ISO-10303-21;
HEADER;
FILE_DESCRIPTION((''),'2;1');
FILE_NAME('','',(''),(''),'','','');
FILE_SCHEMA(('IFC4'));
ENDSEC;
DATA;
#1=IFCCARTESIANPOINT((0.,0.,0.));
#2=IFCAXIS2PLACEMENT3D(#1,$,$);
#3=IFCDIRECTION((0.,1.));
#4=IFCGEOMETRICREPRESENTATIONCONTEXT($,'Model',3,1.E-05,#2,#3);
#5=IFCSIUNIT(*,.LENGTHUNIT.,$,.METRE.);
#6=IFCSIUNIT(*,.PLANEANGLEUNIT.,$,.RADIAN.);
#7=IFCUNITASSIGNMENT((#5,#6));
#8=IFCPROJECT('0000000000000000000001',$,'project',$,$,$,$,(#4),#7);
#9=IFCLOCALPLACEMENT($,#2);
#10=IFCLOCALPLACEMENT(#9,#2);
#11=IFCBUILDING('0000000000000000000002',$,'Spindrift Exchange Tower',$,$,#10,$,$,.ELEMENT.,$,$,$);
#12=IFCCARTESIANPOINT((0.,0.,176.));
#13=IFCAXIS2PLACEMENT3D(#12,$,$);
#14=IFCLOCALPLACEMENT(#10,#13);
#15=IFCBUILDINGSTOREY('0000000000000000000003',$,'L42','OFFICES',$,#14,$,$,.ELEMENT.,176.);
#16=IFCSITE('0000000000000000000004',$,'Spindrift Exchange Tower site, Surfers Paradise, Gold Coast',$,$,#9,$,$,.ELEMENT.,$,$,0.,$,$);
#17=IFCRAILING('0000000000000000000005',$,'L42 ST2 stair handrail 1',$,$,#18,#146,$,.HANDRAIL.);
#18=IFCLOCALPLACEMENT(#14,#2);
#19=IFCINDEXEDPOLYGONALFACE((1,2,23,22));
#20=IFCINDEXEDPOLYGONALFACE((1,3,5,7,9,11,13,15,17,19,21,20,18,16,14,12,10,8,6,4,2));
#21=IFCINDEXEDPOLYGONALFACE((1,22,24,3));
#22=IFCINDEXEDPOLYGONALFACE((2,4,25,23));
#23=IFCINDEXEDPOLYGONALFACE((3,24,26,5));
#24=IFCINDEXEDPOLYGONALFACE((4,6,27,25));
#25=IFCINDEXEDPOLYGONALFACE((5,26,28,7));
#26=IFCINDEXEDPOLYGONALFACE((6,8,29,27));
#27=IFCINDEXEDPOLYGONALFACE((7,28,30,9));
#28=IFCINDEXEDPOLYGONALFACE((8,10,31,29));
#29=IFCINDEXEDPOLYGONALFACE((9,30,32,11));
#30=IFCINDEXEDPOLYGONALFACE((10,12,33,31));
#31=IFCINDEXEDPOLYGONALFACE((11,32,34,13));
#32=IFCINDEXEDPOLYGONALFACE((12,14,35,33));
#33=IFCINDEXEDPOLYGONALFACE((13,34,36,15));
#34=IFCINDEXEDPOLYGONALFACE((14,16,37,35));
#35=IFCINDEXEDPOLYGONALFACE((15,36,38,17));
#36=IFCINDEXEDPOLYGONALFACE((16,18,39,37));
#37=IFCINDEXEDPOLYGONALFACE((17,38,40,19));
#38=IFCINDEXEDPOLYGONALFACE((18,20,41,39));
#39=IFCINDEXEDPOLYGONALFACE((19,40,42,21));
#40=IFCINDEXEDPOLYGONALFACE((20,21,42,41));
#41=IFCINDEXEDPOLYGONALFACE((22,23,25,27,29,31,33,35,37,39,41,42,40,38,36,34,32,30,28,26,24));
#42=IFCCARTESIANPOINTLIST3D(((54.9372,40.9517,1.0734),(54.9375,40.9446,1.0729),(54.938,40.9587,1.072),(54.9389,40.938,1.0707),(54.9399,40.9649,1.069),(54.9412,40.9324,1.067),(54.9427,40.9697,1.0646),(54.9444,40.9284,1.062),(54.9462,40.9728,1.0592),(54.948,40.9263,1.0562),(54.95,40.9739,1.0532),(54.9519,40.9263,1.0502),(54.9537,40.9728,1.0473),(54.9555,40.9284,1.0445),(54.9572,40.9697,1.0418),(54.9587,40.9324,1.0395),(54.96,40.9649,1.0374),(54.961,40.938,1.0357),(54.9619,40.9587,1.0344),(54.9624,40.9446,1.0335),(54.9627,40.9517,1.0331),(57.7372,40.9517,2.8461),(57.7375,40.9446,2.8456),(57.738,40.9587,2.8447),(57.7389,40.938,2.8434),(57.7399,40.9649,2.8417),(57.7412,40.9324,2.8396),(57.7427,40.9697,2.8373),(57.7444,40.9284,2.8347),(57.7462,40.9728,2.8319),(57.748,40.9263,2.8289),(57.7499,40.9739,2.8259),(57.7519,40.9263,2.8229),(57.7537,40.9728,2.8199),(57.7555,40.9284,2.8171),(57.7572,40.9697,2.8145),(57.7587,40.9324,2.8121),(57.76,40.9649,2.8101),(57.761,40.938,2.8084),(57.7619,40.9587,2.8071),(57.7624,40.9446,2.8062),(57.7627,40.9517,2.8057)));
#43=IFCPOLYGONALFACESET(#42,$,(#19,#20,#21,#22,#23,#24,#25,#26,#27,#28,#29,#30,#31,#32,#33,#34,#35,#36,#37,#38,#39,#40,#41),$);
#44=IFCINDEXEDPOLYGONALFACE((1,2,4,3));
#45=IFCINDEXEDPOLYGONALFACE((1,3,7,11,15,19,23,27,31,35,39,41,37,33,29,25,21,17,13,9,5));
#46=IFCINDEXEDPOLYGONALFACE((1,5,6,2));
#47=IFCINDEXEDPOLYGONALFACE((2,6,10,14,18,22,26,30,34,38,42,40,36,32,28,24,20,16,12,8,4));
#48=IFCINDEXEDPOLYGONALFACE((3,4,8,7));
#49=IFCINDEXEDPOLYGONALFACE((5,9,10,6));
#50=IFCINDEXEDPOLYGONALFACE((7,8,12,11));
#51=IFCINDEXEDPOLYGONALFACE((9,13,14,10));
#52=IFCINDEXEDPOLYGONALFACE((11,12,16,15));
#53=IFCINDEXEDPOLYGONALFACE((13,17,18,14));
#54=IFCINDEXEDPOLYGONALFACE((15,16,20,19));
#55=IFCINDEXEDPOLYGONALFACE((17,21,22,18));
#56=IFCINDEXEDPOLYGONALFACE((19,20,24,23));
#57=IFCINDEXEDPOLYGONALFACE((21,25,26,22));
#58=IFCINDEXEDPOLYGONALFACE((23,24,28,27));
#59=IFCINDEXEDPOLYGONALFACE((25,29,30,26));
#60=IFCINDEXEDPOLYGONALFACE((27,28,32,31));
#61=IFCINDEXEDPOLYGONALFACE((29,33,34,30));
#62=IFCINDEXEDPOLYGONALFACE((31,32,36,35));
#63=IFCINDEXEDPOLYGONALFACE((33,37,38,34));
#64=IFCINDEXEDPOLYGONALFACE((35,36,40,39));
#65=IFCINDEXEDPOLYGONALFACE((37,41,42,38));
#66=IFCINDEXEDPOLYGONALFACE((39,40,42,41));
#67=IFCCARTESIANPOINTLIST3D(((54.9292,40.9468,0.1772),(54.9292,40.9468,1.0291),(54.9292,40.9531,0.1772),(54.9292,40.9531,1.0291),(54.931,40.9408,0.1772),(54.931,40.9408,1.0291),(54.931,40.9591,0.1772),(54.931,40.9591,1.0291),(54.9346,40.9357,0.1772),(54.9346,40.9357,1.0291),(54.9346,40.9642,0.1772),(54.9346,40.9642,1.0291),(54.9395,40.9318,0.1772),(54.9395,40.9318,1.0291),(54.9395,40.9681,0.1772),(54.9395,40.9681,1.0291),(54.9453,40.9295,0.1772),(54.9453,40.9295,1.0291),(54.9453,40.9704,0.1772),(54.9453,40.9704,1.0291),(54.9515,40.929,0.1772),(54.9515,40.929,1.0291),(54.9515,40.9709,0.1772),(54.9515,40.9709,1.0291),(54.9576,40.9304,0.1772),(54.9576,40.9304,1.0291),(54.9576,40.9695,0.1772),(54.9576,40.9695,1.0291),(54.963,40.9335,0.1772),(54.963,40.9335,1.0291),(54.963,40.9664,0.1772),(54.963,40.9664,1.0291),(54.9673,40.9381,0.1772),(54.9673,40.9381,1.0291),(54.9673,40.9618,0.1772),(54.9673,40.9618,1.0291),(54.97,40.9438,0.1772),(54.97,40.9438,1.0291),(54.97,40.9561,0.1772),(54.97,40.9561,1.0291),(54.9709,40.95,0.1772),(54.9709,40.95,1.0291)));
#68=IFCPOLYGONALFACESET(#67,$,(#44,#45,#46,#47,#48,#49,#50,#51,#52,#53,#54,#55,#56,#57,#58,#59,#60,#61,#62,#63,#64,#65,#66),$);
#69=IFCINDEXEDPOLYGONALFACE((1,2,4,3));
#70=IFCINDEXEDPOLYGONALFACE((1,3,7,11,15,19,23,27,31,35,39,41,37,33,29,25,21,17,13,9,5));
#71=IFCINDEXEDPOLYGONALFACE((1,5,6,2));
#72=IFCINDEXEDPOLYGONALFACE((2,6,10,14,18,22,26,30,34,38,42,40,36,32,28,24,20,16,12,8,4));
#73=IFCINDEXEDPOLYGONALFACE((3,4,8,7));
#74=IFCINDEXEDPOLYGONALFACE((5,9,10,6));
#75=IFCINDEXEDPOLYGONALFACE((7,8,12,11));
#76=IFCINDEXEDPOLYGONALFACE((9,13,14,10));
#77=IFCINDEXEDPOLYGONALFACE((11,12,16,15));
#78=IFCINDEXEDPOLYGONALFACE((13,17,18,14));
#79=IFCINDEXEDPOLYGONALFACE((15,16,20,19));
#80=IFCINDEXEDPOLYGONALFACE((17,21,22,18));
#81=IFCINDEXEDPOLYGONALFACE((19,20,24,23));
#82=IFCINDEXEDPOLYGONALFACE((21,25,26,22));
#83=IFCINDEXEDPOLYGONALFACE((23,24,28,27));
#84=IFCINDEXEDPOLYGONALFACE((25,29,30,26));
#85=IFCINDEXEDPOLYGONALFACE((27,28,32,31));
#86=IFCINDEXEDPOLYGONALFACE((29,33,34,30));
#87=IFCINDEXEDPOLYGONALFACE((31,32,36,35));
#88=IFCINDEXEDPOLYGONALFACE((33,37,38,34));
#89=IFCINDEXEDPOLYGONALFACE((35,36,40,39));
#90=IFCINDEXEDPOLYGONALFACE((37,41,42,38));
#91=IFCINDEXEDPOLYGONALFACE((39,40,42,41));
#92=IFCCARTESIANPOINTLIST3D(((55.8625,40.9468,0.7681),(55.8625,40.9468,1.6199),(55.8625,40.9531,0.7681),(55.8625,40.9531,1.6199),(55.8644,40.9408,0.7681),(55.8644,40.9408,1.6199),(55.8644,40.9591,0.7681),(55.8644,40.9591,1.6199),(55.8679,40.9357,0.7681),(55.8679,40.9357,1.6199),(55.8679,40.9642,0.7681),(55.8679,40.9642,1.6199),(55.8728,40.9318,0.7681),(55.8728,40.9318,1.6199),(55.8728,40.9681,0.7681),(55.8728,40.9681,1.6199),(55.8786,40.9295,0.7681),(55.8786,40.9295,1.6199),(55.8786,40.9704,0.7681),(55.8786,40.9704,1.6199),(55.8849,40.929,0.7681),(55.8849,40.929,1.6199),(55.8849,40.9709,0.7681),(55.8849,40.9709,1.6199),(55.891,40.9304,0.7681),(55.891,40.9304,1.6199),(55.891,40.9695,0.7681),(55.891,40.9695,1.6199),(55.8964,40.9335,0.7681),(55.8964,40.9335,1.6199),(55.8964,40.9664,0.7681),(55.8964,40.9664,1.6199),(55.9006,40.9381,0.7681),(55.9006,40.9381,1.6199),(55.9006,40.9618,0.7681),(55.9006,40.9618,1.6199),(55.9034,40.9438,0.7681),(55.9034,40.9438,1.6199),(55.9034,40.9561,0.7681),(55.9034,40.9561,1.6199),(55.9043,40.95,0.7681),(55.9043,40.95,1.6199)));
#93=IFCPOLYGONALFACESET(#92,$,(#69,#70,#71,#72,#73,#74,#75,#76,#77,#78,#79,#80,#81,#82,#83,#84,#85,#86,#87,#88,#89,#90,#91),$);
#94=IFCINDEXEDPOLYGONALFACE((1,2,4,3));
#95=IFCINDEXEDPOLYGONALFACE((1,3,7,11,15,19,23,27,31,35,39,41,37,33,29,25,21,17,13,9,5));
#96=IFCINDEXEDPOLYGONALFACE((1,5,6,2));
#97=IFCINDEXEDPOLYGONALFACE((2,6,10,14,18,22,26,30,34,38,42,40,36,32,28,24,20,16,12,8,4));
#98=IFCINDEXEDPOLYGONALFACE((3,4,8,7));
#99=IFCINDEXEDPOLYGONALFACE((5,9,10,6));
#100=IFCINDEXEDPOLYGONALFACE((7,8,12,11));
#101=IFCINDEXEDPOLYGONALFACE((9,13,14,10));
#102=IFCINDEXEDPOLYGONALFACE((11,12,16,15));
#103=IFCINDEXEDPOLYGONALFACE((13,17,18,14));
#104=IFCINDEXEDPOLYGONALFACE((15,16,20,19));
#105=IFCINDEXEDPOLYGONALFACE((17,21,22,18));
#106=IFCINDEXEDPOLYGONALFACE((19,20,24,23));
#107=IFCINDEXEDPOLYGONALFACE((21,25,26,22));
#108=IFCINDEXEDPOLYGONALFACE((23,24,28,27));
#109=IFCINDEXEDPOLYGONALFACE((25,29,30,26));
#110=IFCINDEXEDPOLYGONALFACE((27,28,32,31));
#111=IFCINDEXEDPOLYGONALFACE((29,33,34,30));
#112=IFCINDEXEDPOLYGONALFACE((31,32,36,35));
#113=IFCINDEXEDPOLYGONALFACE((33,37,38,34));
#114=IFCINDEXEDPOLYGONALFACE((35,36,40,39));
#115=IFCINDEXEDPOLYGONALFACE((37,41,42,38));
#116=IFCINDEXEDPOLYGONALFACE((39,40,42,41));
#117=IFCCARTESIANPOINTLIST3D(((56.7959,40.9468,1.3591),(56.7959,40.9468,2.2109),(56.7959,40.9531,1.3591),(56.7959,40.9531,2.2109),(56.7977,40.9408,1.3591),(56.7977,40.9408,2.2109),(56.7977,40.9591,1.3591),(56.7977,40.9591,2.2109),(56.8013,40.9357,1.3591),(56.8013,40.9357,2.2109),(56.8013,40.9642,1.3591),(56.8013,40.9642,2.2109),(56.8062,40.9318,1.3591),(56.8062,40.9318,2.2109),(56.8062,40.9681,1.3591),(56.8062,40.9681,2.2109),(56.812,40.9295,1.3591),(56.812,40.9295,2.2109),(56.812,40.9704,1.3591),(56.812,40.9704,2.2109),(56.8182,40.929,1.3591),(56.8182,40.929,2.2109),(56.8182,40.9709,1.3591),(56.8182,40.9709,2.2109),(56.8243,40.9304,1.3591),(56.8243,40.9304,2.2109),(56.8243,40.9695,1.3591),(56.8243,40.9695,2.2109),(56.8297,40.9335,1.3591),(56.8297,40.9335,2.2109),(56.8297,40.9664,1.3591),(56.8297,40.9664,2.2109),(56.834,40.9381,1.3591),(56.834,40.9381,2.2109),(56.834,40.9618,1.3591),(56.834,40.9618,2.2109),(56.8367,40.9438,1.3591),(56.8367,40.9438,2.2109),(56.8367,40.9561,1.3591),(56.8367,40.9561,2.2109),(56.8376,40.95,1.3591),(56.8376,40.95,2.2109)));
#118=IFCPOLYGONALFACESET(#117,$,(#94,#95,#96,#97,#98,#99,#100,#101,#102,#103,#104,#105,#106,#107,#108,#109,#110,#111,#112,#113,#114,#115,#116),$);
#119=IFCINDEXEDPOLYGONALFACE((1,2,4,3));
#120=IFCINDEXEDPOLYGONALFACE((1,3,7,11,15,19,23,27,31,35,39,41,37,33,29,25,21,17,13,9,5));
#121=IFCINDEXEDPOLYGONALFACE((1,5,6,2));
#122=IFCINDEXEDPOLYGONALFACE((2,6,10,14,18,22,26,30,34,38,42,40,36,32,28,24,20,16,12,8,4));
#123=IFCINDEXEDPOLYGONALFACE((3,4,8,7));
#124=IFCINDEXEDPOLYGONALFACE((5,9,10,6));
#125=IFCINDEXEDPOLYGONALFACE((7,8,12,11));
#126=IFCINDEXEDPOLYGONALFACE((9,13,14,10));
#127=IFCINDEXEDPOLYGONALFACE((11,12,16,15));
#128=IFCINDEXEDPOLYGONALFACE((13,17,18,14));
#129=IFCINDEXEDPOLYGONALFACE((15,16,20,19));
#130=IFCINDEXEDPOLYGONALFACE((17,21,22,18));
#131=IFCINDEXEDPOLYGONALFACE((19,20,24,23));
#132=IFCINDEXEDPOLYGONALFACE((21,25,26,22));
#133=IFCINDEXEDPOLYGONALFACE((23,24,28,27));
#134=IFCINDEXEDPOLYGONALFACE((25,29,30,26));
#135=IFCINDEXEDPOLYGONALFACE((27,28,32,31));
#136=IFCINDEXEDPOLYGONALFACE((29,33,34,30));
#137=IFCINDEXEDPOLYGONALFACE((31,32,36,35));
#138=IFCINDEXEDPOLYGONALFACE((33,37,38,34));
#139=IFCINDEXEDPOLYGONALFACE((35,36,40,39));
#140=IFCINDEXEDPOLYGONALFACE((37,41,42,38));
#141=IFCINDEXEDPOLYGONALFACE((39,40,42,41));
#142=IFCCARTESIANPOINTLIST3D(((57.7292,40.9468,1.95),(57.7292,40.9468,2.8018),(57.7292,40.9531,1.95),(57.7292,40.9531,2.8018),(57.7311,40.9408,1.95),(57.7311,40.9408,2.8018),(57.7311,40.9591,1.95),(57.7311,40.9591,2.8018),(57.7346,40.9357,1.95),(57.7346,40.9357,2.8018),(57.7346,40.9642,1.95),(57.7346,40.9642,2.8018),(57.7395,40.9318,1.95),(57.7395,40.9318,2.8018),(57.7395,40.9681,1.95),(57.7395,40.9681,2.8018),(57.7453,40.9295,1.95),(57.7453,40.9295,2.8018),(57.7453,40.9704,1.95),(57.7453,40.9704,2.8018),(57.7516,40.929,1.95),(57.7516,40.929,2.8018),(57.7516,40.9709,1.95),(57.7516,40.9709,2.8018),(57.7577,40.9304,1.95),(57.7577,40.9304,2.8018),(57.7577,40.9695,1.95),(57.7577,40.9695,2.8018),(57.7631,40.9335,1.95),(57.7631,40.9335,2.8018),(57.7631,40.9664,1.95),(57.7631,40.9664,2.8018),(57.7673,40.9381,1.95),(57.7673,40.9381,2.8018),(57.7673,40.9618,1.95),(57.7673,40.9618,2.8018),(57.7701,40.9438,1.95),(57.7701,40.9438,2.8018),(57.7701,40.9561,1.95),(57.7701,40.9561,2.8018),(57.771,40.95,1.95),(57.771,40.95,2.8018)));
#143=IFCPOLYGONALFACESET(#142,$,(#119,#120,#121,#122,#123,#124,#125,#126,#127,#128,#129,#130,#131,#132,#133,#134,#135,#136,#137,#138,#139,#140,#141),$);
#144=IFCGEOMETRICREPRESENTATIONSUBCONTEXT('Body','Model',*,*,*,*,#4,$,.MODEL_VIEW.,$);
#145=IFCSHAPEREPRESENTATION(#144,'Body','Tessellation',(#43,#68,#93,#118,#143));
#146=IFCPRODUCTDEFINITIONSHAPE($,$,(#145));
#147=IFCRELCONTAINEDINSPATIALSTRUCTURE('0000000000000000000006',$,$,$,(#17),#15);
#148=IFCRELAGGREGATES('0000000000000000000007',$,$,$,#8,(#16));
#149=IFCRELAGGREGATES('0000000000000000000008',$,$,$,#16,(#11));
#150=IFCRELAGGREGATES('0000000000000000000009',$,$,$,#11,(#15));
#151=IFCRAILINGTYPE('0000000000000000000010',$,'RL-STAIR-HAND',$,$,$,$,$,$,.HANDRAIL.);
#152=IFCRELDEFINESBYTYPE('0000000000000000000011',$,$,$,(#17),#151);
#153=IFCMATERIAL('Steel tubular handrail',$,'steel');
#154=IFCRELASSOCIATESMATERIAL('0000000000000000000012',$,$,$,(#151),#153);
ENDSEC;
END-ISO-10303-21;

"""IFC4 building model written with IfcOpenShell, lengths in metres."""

from ifc_helpers import new_model, si_unit, direction, frame, origin, origin_2d, place, context, subcontext, project, spatial, circle, extrude, material, type_object, element, save


model = new_model("IFC4")

# Units and contexts
model_context = context("Model", 3, precision=1e-05, world=origin(), true_north=direction((0.0, 1.0)))
body_context = subcontext(model_context, "Body", "Model", "MODEL_VIEW")
ifc_project = project(units=[si_unit("LENGTHUNIT", "METRE"), si_unit("PLANEANGLEUNIT", "RADIAN")], contexts=[model_context])

# Site, building, storey
site_placement = place(None, origin())
site = spatial("IfcSite", under=ifc_project, at=site_placement, Name="Spindrift Exchange Tower site, Surfers Paradise, Gold Coast", CompositionType="ELEMENT", RefElevation=0.0)
building_placement = place(site_placement, origin())
building = spatial("IfcBuilding", under=site, at=building_placement, Name="Spindrift Exchange Tower", CompositionType="ELEMENT")
storey_placement = place(building_placement, frame((0.0, 0.0, 176.0)))
storey = spatial("IfcBuildingStorey", under=building, at=storey_placement, Name="L42", Description="OFFICES", CompositionType="ELEMENT", Elevation=176.0)

# Railing
ifc_material_1 = material(Name="Steel tubular handrail", Category="steel")
railing_type_1 = type_object("IfcRailingType", Name="RL-STAIR-HAND", PredefinedType="HANDRAIL", material=ifc_material_1)
railing_1_placement = place(storey_placement, frame((54.95, 40.95, 0.1772)))
element("IfcRailing", 1, at=railing_1_placement, inside=storey, type_object=railing_type_1, Name="L42 ST2 stair handrail 1", PredefinedType="HANDRAIL", context=body_context, shape_type="SweptSolid", body=[
    extrude(circle(Radius=0.0239, at=origin_2d()), frame((0.0, 0.0, 0.876), z_axis=(0.844909, 0.0, 0.53491), x_axis=(0.0, 1.0, 0.0)), (0.0, 0.0, 1.0), 3.314),
    extrude(circle(Radius=0.021, at=origin_2d()), origin(), (0.0, 0.0, 1.0), 0.8518),
    extrude(circle(Radius=0.021, at=origin_2d()), frame((0.9333, 0.0, 0.5908)), (0.0, 0.0, 1.0), 0.8518),
    extrude(circle(Radius=0.021, at=origin_2d()), frame((1.8667, 0.0, 1.1819)), (0.0, 0.0, 1.0), 0.8518),
    extrude(circle(Radius=0.021, at=origin_2d()), frame((2.8, 0.0, 1.7727)), (0.0, 0.0, 1.0), 0.8518),
])

save(model, "model.ifc")
